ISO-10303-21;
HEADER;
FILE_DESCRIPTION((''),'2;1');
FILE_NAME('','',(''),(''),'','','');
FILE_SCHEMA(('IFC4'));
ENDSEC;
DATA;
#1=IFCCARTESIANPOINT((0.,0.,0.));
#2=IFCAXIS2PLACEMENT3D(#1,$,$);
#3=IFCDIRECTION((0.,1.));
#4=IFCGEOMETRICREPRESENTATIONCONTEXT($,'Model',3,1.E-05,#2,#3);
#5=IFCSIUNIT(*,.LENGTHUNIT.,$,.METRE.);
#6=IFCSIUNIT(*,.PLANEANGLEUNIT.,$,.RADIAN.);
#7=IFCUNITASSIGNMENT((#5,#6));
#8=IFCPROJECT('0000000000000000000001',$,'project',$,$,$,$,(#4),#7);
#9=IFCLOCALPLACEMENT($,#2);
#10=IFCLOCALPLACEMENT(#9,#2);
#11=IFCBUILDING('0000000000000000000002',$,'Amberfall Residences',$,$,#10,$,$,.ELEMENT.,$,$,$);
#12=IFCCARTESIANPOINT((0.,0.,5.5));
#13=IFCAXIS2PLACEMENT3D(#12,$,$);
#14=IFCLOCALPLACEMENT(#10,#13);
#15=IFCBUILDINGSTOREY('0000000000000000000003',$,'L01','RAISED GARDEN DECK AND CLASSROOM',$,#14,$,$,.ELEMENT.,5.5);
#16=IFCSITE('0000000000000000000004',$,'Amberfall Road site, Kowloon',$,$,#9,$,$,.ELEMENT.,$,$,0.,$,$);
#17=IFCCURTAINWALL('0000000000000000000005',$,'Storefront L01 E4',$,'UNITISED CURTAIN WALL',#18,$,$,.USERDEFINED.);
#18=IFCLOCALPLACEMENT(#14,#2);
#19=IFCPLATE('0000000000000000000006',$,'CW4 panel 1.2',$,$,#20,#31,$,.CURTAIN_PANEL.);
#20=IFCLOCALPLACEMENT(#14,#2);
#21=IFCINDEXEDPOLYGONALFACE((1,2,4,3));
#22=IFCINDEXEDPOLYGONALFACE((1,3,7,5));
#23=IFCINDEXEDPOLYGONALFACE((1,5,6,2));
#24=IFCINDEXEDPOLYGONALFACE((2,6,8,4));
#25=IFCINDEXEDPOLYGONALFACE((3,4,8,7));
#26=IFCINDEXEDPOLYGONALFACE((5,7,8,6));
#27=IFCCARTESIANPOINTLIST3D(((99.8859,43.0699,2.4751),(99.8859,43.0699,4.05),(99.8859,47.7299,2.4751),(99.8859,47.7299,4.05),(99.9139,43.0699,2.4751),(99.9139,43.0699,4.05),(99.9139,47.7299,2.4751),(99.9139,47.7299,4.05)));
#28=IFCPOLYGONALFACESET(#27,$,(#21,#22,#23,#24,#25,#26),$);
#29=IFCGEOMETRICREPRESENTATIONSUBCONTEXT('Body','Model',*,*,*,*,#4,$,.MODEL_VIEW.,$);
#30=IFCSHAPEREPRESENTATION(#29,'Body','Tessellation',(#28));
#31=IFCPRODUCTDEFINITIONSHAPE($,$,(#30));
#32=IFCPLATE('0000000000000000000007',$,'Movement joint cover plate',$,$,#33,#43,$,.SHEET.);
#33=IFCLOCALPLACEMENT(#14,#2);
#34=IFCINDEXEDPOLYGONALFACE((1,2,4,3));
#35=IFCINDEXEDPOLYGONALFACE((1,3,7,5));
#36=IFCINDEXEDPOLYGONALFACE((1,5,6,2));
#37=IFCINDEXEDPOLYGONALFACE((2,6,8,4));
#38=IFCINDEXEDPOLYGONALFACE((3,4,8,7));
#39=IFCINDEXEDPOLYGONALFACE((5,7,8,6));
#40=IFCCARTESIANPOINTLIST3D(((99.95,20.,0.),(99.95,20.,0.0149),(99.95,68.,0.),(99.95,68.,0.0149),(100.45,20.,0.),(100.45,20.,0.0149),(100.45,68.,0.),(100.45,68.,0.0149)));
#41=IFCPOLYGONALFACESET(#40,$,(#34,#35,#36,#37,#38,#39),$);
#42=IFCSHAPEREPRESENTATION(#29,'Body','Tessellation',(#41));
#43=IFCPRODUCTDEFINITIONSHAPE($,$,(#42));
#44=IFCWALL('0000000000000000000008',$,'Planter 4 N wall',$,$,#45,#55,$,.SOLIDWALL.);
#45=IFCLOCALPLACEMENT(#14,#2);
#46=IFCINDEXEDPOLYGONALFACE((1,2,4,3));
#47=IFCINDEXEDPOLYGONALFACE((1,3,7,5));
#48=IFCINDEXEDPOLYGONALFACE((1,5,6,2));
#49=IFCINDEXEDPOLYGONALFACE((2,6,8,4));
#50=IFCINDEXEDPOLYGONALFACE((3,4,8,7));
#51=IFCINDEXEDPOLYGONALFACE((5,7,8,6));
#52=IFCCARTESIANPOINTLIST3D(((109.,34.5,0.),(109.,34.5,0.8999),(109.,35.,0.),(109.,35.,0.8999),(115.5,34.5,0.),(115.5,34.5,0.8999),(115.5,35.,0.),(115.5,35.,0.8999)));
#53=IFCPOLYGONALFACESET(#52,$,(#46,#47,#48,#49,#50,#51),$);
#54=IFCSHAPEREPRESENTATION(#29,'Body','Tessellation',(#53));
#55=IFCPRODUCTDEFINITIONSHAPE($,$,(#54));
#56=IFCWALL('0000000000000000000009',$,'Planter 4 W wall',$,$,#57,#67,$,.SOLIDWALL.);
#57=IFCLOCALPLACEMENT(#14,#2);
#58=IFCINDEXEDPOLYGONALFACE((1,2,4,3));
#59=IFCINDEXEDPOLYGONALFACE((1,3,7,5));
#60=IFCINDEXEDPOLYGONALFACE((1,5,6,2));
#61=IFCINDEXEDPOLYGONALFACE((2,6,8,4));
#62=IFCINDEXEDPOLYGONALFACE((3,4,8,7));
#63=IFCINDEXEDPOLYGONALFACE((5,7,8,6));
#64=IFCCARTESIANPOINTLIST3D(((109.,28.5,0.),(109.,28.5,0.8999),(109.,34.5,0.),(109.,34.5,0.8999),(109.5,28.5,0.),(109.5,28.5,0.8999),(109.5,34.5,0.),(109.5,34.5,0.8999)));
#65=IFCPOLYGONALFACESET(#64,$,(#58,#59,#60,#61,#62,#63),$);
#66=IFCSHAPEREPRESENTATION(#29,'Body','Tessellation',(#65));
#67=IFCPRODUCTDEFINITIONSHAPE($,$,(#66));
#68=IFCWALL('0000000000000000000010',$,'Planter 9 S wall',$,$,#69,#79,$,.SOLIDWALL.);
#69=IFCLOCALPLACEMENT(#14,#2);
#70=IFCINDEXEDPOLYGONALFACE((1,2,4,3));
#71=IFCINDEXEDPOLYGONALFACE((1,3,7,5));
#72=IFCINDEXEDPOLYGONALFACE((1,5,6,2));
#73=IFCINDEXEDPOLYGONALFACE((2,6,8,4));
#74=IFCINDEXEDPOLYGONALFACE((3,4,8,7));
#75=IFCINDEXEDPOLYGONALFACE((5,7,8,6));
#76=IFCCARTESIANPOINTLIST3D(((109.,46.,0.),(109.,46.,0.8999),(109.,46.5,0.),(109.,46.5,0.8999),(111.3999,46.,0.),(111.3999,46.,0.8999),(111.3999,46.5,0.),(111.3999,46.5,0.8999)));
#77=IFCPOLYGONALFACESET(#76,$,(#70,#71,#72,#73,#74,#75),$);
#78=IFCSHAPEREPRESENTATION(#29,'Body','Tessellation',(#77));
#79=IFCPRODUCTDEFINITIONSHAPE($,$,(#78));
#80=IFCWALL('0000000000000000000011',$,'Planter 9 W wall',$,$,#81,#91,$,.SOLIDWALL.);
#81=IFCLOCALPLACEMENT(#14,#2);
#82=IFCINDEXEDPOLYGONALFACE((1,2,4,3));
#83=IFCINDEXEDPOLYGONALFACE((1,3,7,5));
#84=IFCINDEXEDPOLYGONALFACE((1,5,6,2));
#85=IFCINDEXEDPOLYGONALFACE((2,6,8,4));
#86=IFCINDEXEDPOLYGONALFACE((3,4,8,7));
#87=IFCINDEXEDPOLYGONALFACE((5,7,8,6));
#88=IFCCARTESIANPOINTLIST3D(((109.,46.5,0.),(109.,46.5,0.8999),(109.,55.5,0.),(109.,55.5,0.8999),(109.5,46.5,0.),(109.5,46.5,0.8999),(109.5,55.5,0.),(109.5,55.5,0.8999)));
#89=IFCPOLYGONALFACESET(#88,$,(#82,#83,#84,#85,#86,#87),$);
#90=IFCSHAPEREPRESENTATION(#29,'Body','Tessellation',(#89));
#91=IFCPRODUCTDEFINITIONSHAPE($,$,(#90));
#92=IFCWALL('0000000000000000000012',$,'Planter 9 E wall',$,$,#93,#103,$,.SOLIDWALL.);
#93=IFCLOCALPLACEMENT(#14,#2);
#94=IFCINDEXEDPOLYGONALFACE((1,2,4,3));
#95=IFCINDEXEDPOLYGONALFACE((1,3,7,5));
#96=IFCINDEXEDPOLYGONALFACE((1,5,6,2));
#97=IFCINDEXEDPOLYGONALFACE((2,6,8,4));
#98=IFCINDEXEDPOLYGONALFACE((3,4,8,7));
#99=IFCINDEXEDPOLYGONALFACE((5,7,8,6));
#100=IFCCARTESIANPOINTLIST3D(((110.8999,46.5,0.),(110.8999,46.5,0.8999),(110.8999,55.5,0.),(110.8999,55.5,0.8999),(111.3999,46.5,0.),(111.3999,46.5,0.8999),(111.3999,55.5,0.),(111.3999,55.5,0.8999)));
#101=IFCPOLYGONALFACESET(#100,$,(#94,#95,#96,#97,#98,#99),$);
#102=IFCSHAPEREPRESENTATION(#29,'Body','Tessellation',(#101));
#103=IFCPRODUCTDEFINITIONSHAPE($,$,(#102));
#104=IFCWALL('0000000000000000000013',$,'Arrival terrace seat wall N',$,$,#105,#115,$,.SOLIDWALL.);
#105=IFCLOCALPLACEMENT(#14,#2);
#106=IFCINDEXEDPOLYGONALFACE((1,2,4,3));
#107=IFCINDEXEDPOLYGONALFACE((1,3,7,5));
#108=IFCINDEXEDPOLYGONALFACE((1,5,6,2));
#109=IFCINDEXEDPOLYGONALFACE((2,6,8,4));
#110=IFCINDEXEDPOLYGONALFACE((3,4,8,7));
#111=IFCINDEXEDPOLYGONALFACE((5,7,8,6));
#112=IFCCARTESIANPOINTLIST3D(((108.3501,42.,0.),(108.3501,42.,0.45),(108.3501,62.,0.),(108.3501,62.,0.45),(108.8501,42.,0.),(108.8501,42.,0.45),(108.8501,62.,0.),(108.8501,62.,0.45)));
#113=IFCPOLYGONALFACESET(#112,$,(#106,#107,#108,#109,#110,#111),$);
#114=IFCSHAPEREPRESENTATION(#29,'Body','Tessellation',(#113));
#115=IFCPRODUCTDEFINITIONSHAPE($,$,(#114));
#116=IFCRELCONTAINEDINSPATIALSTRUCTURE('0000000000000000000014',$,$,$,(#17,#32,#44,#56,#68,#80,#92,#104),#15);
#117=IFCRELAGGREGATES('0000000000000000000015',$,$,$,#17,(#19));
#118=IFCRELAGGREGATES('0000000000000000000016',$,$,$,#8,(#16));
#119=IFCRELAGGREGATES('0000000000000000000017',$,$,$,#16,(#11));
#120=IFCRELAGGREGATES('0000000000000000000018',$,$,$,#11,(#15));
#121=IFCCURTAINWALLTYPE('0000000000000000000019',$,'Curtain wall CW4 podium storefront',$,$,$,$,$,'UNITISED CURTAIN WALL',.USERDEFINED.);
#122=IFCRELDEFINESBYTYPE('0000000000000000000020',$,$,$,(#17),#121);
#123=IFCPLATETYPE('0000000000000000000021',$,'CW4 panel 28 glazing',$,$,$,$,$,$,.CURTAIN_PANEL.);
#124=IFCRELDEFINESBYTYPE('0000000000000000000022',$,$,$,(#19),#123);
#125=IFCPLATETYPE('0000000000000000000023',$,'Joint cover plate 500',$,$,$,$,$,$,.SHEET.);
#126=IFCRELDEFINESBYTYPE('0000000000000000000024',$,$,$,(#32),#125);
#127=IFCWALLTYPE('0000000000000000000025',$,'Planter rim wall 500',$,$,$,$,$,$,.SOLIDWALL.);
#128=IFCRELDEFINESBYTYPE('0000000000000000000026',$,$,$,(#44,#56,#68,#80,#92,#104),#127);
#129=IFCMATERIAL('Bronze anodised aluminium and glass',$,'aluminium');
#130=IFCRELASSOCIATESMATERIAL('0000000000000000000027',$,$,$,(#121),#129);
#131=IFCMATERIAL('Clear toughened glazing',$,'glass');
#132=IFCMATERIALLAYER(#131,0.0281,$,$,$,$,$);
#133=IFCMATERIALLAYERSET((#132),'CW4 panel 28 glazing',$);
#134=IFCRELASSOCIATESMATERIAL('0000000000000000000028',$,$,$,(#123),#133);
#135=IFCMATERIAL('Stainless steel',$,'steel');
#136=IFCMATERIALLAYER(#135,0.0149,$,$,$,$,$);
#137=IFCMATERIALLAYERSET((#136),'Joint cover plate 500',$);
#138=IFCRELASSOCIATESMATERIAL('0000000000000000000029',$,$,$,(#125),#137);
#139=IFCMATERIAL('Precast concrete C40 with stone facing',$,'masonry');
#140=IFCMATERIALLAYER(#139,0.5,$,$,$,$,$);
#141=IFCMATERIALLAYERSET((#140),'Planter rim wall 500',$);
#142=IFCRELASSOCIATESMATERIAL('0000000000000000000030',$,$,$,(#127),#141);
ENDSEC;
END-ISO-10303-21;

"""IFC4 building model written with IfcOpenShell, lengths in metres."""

from ifc_helpers import new_model, si_unit, direction, frame, frame_2d, origin, origin_2d, place, context, subcontext, project, spatial, rectangle, extrude, material, layer, layer_set, type_object, element, aggregate, save


model = new_model("IFC4")

# Units and contexts
model_context = context("Model", 3, precision=1e-05, world=origin(), true_north=direction((0.0, 1.0)))
body_context = subcontext(model_context, "Body", "Model", "MODEL_VIEW")
ifc_project = project(units=[si_unit("LENGTHUNIT", "METRE"), si_unit("PLANEANGLEUNIT", "RADIAN")], contexts=[model_context])

# Site, building, storey
site_placement = place(None, origin())
site = spatial("IfcSite", under=ifc_project, at=site_placement, Name="Amberfall Road site, Kowloon", CompositionType="ELEMENT", RefElevation=0.0)
building_placement = place(site_placement, origin())
building = spatial("IfcBuilding", under=site, at=building_placement, Name="Amberfall Residences", CompositionType="ELEMENT")
storey_placement = place(building_placement, frame((0.0, 0.0, 5.5)))
storey = spatial("IfcBuildingStorey", under=building, at=storey_placement, Name="L01", Description="RAISED GARDEN DECK AND CLASSROOM", CompositionType="ELEMENT", Elevation=5.5)

# Shared definitions
ifc_material_1 = material(Name="Bronze anodised aluminium and glass", Category="aluminium")
curtain_wall_type = type_object("IfcCurtainWallType", Name="Curtain wall CW4 podium storefront", ElementType="UNITISED CURTAIN WALL", PredefinedType="USERDEFINED", material=ifc_material_1)

# Curtain wall
curtain_wall_1_placement = place(storey_placement, origin())
curtain_wall_1 = element("IfcCurtainWall", 1, at=curtain_wall_1_placement, inside=storey, type_object=curtain_wall_type, Name="Storefront L01 E4", ObjectType="UNITISED CURTAIN WALL", PredefinedType="USERDEFINED")

# Plates
ifc_material_2 = material(Name="Clear toughened glazing", Category="glass")
ifc_layer_1 = layer(ifc_material_2, 0.0281)
ifc_layer_set_1 = layer_set([ifc_layer_1], Name="CW4 panel 28 glazing")
plate_type_1 = type_object("IfcPlateType", Name="CW4 panel 28 glazing", PredefinedType="CURTAIN_PANEL", material=ifc_layer_set_1)
plate_1_placement = place(storey_placement, frame((99.8999, 45.3999, 2.4751), z_axis=(0.0, 0.0, 1.0), x_axis=(0.0, 1.0, 0.0)))
plate_1 = element("IfcPlate", 2, at=plate_1_placement, type_object=plate_type_1, Name="CW4 panel 1.2", PredefinedType="CURTAIN_PANEL", context=body_context, shape_type="SweptSolid", body=[
    extrude(rectangle(XDim=4.6599, YDim=0.0281, at=origin_2d()), origin(), (0.0, 0.0, 1.0), 1.575),
])
aggregate(curtain_wall_1, [plate_1])
ifc_material_3 = material(Name="Stainless steel", Category="steel")
ifc_layer_2 = layer(ifc_material_3, 0.0149)
ifc_layer_set_2 = layer_set([ifc_layer_2], Name="Joint cover plate 500")
plate_type_2 = type_object("IfcPlateType", Name="Joint cover plate 500", PredefinedType="SHEET", material=ifc_layer_set_2)
plate_2_placement = place(storey_placement, frame((100.2, 44.0, 0.0), z_axis=(0.0, 0.0, 1.0), x_axis=(1.0, 0.0, 0.0)))
element("IfcPlate", 3, at=plate_2_placement, inside=storey, type_object=plate_type_2, Name="Movement joint cover plate", PredefinedType="SHEET", context=body_context, shape_type="SweptSolid", body=[
    extrude(rectangle(XDim=0.5, YDim=48.0, at=origin_2d()), origin(), (0.0, 0.0, 1.0), 0.0149),
])

# Walls
ifc_material_4 = material(Name="Precast concrete C40 with stone facing", Category="masonry")
ifc_layer_3 = layer(ifc_material_4, 0.5)
ifc_layer_set_3 = layer_set([ifc_layer_3], Name="Planter rim wall 500")
wall_type_1 = type_object("IfcWallType", Name="Planter rim wall 500", PredefinedType="SOLIDWALL", material=ifc_layer_set_3)
wall_1_placement = place(storey_placement, frame((109.0, 34.75, 0.0), z_axis=(0.0, 0.0, 1.0), x_axis=(1.0, 0.0, 0.0)))
element("IfcWall", 4, at=wall_1_placement, inside=storey, type_object=wall_type_1, Name="Planter 4 N wall", PredefinedType="SOLIDWALL", context=body_context, shape_type="SweptSolid", body=[
    extrude(rectangle(XDim=6.5, YDim=0.5, at=frame_2d((3.25, 0.0))), origin(), (0.0, 0.0, 1.0), 0.8999),
])
wall_2_placement = place(storey_placement, frame((109.25, 28.5, 0.0), z_axis=(0.0, 0.0, 1.0), x_axis=(0.0, 1.0, 0.0)))
element("IfcWall", 5, at=wall_2_placement, inside=storey, type_object=wall_type_1, Name="Planter 4 W wall", PredefinedType="SOLIDWALL", context=body_context, shape_type="SweptSolid", body=[
    extrude(rectangle(XDim=6.0, YDim=0.5, at=frame_2d((3.0, 0.0))), origin(), (0.0, 0.0, 1.0), 0.8999),
])
wall_3_placement = place(storey_placement, frame((109.0, 46.25, 0.0), z_axis=(0.0, 0.0, 1.0), x_axis=(1.0, 0.0, 0.0)))
element("IfcWall", 6, at=wall_3_placement, inside=storey, type_object=wall_type_1, Name="Planter 9 S wall", PredefinedType="SOLIDWALL", context=body_context, shape_type="SweptSolid", body=[
    extrude(rectangle(XDim=2.3999, YDim=0.5, at=frame_2d((1.2, 0.0))), origin(), (0.0, 0.0, 1.0), 0.8999),
])
for number, where, z_axis, x_axis, name in (
    (7, (109.25, 46.5, 0.0), (0.0, 0.0, 1.0), (0.0, 1.0, 0.0), "Planter 9 W wall"),
    (8, (111.1499, 46.5, 0.0), (0.0, 0.0, 1.0), (0.0, 1.0, 0.0), "Planter 9 E wall"),
):
    element("IfcWall", number, at=place(storey_placement, frame(where, z_axis=z_axis, x_axis=x_axis)), inside=storey, type_object=wall_type_1, Name=name, PredefinedType="SOLIDWALL", context=body_context, shape_type="SweptSolid", body=[
        extrude(rectangle(XDim=9.0, YDim=0.5, at=frame_2d((4.5, 0.0))), origin(), (0.0, 0.0, 1.0), 0.8999),
    ])
wall_4_placement = place(storey_placement, frame((108.6001, 42.0, 0.0), z_axis=(0.0, 0.0, 1.0), x_axis=(0.0, 1.0, 0.0)))
element("IfcWall", 9, at=wall_4_placement, inside=storey, type_object=wall_type_1, Name="Arrival terrace seat wall N", PredefinedType="SOLIDWALL", context=body_context, shape_type="SweptSolid", body=[
    extrude(rectangle(XDim=20.0, YDim=0.5, at=frame_2d((10.0, 0.0))), origin(), (0.0, 0.0, 1.0), 0.45),
])

save(model, "model.ifc")
